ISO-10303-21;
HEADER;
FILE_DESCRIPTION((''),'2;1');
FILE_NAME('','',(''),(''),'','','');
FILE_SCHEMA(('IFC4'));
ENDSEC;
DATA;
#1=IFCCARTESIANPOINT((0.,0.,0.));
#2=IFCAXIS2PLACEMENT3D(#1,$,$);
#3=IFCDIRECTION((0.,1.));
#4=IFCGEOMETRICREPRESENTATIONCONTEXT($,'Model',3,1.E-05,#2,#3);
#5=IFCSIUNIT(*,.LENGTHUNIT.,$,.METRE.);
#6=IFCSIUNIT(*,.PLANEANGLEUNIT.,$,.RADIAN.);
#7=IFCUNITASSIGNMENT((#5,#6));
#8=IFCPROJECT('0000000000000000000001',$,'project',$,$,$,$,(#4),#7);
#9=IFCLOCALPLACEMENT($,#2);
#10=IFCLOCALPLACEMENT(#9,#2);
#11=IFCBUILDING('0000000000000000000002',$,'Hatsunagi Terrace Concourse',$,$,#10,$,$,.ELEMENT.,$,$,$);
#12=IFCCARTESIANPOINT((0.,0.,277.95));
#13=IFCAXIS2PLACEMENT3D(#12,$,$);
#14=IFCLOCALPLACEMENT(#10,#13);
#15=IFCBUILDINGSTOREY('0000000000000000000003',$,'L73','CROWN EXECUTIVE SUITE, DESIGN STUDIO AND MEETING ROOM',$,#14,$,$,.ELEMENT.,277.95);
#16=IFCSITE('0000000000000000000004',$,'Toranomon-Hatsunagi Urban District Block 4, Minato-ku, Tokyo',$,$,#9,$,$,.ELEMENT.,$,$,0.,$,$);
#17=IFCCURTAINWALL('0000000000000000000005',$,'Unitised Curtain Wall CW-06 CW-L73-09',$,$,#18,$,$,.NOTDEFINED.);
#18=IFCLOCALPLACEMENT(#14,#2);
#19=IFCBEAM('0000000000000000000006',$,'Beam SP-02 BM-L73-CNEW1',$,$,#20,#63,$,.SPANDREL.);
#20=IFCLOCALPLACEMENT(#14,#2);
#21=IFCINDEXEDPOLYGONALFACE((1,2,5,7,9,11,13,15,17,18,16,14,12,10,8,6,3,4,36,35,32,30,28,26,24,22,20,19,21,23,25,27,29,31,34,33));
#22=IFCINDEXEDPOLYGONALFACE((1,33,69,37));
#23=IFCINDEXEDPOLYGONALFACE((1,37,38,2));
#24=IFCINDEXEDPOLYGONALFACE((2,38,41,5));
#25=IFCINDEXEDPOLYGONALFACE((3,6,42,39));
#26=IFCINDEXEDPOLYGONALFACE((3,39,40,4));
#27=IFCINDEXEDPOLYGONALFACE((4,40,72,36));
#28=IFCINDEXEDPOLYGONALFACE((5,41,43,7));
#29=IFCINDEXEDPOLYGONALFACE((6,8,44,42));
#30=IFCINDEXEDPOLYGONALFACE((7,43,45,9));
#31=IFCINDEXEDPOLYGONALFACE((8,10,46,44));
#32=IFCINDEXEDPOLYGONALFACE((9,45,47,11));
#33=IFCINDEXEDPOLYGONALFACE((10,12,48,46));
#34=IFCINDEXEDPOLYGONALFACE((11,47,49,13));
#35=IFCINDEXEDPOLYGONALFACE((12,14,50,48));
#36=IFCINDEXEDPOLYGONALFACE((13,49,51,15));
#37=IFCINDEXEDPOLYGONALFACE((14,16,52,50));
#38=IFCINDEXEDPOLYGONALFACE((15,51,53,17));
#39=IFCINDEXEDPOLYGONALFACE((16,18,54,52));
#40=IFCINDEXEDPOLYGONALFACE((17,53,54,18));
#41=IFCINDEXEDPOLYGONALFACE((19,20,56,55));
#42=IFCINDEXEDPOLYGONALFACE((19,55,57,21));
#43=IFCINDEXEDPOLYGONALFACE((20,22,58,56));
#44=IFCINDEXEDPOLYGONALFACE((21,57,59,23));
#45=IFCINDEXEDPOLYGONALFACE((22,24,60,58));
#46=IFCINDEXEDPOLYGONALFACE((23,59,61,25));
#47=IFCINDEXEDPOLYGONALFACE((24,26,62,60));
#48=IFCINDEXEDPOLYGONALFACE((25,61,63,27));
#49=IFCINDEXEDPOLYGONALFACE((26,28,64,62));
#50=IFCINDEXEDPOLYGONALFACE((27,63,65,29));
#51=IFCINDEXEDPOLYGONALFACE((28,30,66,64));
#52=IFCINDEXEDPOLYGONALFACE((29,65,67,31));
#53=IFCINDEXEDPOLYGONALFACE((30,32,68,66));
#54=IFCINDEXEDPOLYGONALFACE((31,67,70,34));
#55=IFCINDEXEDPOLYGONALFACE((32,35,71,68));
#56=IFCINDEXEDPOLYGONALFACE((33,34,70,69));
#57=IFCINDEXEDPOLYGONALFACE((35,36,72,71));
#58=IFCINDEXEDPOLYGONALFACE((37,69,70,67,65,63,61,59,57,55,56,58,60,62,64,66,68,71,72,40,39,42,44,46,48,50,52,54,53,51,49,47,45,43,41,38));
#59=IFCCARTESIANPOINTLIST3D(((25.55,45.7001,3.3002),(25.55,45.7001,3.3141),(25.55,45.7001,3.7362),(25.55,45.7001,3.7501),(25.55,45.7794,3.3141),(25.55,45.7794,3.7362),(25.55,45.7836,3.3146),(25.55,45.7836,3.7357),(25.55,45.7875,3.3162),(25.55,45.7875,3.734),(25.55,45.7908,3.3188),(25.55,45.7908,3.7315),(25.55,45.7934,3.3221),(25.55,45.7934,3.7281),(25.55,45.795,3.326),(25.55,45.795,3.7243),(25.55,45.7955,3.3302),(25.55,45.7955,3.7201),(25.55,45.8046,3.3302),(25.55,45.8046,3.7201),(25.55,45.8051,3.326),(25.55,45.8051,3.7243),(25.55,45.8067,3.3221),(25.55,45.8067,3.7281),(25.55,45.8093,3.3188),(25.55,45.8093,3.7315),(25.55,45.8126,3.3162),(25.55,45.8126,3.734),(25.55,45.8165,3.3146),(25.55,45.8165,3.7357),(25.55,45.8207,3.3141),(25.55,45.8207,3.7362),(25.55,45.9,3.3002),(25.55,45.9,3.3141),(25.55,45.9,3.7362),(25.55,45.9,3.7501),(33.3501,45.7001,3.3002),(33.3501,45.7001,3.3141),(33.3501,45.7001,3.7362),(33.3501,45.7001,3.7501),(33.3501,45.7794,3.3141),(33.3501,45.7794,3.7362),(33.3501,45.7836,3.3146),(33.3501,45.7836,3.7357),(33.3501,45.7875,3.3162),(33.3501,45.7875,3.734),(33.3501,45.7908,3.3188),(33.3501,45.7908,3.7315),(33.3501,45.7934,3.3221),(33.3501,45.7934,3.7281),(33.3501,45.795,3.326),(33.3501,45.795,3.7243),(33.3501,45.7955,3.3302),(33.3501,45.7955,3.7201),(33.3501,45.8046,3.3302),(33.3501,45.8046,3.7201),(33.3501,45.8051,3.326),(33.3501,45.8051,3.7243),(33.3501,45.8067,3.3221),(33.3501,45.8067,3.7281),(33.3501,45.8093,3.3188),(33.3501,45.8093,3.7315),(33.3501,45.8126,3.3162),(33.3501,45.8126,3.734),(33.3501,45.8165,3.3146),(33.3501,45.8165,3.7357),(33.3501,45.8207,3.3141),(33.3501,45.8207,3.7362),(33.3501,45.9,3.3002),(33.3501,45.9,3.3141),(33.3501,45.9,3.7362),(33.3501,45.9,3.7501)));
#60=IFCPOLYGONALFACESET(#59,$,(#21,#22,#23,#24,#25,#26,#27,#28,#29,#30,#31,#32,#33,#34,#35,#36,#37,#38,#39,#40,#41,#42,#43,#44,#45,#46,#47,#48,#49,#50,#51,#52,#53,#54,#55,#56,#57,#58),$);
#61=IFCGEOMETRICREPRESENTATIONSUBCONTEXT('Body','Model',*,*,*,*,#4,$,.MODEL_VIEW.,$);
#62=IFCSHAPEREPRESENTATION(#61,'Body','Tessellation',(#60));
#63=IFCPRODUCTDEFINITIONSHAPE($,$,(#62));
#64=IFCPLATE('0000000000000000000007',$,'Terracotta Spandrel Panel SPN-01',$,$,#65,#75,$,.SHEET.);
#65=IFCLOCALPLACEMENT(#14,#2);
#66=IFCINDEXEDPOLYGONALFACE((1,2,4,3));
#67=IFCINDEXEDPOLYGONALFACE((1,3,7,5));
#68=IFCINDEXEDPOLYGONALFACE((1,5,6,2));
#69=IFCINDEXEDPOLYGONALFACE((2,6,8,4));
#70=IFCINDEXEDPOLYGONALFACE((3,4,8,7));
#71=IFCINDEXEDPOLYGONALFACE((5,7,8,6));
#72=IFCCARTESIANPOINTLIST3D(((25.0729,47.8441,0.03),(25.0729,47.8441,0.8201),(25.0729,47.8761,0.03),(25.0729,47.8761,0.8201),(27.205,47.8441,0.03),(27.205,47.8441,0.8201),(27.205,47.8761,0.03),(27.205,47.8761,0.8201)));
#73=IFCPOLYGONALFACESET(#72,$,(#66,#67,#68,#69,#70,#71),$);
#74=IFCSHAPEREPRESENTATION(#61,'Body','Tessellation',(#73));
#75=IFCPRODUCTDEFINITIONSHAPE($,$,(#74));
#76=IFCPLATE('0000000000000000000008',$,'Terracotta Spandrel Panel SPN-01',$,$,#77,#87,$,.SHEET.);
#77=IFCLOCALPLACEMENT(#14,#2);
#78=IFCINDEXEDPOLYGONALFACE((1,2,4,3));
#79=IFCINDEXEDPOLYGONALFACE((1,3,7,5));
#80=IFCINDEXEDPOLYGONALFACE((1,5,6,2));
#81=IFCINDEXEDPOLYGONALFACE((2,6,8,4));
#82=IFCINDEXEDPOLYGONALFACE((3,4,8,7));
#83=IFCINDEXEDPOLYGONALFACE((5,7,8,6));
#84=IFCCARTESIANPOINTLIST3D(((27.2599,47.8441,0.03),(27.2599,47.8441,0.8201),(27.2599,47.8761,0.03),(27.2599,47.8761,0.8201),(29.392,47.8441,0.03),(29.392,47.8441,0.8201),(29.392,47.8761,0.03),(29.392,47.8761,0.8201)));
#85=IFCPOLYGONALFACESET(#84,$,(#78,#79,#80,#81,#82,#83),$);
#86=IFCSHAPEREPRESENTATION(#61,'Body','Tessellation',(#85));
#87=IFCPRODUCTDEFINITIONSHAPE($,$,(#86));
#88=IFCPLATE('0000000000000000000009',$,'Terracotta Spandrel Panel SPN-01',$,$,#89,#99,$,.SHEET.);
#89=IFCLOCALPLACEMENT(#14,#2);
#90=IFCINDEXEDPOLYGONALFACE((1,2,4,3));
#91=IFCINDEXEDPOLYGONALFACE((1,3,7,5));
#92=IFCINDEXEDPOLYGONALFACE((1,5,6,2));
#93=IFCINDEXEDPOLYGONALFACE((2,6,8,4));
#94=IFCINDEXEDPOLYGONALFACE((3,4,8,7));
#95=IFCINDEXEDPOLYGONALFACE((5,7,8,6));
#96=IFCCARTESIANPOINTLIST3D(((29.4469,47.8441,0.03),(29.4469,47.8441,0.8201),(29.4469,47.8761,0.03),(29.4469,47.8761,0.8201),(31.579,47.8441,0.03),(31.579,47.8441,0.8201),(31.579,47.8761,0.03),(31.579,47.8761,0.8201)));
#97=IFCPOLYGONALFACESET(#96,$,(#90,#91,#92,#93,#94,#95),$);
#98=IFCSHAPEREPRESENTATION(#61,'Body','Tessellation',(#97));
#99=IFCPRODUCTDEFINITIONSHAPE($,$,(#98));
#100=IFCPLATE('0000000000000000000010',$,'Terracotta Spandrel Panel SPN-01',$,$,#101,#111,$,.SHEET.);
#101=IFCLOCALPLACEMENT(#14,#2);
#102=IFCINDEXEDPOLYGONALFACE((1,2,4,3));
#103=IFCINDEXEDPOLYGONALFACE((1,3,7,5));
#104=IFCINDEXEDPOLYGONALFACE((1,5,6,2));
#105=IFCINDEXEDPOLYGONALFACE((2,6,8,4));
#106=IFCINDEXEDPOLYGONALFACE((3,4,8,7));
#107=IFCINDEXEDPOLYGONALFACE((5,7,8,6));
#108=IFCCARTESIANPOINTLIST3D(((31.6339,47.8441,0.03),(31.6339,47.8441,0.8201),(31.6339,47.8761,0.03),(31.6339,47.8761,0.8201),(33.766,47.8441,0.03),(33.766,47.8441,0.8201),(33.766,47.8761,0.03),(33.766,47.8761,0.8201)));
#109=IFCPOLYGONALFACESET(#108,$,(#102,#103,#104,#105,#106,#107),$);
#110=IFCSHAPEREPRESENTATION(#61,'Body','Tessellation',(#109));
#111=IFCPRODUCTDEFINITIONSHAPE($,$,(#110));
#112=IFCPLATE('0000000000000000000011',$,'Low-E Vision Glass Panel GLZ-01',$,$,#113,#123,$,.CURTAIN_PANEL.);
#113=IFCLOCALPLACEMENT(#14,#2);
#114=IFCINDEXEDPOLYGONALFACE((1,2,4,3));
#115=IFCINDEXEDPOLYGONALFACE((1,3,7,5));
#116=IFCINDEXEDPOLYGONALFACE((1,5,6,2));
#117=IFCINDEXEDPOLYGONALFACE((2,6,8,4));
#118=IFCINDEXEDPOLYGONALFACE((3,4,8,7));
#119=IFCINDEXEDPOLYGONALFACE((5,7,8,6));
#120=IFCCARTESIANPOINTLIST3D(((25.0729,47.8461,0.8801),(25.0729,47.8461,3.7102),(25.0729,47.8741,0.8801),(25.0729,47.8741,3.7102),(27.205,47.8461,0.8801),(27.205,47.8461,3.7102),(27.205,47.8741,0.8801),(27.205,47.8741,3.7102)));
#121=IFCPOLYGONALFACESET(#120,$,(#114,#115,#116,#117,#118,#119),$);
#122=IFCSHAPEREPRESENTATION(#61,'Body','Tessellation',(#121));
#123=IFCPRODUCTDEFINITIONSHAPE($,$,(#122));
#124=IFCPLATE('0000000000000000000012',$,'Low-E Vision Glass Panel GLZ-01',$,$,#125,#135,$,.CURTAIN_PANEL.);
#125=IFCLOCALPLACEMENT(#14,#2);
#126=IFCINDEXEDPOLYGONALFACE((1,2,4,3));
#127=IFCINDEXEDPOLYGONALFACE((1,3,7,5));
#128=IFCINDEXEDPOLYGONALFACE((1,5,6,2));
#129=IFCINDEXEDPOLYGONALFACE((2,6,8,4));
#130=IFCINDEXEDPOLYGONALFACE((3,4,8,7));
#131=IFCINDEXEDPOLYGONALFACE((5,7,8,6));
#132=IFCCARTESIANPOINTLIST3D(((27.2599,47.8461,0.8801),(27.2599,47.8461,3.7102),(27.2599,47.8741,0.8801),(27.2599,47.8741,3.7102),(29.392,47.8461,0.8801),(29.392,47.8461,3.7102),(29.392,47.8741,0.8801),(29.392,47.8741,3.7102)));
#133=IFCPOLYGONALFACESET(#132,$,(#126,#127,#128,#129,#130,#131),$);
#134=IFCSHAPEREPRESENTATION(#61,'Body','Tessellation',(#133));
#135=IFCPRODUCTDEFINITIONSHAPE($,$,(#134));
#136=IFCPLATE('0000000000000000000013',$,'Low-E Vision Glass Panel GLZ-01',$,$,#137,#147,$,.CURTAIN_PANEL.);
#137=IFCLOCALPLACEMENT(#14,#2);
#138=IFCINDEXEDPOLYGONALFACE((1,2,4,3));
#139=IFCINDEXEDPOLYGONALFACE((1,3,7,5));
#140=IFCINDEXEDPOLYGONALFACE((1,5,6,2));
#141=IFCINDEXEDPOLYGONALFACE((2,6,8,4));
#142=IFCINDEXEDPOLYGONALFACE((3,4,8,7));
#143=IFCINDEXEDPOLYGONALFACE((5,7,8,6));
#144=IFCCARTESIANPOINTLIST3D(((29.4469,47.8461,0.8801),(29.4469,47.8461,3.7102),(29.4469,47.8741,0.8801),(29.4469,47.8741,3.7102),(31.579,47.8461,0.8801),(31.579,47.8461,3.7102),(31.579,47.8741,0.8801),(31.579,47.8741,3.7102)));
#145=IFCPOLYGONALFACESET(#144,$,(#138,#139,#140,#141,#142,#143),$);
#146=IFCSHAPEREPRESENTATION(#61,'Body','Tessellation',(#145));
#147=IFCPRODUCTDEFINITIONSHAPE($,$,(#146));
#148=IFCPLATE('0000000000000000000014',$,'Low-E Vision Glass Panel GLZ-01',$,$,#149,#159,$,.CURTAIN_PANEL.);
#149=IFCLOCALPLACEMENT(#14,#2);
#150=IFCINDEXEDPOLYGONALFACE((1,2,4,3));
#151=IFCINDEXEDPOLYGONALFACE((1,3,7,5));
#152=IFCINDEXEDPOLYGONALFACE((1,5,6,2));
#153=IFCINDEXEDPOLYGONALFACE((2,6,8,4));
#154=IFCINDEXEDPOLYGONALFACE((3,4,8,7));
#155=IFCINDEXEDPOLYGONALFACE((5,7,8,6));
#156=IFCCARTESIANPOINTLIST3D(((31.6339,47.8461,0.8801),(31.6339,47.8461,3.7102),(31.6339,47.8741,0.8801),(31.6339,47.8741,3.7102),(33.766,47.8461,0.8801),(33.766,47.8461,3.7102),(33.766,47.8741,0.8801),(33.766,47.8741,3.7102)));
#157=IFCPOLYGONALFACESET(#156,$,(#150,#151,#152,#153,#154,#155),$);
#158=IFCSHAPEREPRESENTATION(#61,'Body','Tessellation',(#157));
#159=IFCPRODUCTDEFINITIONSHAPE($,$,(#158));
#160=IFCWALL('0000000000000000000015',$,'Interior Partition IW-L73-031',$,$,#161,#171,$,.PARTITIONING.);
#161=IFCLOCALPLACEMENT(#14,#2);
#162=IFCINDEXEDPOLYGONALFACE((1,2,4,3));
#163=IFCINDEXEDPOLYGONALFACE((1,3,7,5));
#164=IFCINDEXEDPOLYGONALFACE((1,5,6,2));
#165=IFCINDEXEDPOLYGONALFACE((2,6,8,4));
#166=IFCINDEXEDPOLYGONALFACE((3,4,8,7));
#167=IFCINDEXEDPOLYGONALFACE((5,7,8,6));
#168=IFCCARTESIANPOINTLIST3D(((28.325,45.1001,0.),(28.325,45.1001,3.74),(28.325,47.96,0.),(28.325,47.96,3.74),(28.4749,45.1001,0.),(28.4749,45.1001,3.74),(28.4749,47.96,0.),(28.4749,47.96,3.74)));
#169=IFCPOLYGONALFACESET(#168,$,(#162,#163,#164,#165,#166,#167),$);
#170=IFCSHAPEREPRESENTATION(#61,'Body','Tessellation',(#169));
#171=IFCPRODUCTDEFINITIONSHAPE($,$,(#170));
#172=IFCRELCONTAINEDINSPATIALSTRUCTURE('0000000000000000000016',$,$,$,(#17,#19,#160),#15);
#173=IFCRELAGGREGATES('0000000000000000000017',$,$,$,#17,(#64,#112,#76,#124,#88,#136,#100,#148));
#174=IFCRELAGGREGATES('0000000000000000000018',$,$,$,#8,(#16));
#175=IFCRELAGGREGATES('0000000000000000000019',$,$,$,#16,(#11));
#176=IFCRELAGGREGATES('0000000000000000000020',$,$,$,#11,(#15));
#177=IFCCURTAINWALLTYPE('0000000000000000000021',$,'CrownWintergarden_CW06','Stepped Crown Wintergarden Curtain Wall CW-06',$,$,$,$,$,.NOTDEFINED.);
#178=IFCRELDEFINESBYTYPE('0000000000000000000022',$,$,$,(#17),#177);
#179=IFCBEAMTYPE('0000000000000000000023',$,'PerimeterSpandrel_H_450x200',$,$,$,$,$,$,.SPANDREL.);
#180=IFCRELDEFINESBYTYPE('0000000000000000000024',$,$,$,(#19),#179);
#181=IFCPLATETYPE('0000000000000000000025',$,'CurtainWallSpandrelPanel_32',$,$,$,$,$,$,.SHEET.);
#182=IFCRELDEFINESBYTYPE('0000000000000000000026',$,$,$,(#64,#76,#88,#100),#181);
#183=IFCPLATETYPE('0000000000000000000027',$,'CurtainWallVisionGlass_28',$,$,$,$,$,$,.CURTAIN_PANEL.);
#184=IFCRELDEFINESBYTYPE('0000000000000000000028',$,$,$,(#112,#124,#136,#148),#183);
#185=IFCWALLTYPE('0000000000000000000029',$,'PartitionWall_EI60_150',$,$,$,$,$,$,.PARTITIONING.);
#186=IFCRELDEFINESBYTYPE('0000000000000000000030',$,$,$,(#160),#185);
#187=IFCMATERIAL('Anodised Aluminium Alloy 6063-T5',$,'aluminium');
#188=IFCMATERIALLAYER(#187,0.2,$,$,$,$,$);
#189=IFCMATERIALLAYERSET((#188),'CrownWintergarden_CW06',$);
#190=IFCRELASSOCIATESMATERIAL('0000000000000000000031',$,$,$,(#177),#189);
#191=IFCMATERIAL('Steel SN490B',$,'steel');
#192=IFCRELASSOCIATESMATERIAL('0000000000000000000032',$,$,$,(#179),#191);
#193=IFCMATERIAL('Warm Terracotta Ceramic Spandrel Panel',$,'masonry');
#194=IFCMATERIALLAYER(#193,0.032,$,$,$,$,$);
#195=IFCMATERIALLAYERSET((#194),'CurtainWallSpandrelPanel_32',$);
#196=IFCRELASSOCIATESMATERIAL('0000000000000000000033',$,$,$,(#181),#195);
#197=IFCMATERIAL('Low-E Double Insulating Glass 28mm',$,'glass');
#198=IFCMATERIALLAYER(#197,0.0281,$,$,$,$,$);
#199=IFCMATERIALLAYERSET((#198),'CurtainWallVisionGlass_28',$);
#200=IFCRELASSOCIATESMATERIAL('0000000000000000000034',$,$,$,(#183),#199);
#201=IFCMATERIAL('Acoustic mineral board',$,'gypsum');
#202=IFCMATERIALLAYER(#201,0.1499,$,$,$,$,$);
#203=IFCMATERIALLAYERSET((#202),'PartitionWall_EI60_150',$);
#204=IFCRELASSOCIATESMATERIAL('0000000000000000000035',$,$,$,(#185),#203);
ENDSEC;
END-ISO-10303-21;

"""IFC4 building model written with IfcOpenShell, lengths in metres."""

from ifc_helpers import new_model, si_unit, direction, frame, frame_2d, origin, origin_2d, place, context, subcontext, project, spatial, rectangle, i_section, extrude, material, layer, layer_set, material_profile, profile_set, type_object, element, aggregate, save


model = new_model("IFC4")

# Units and contexts
model_context = context("Model", 3, precision=1e-05, world=origin(), true_north=direction((0.0, 1.0)))
body_context = subcontext(model_context, "Body", "Model", "MODEL_VIEW")
ifc_project = project(units=[si_unit("LENGTHUNIT", "METRE"), si_unit("PLANEANGLEUNIT", "RADIAN")], contexts=[model_context])

# Site, building, storey
site_placement = place(None, origin())
site = spatial("IfcSite", under=ifc_project, at=site_placement, Name="Toranomon-Hatsunagi Urban District Block 4, Minato-ku, Tokyo", CompositionType="ELEMENT", RefElevation=0.0)
building_placement = place(site_placement, origin())
building = spatial("IfcBuilding", under=site, at=building_placement, Name="Hatsunagi Terrace Concourse", CompositionType="ELEMENT")
storey_placement = place(building_placement, frame((0.0, 0.0, 277.95)))
storey = spatial("IfcBuildingStorey", under=building, at=storey_placement, Name="L73", Description="CROWN EXECUTIVE SUITE, DESIGN STUDIO AND MEETING ROOM", CompositionType="ELEMENT", Elevation=277.95)

# Curtain wall
ifc_material_1 = material(Name="Anodised Aluminium Alloy 6063-T5", Category="aluminium")
ifc_layer_1 = layer(ifc_material_1, 0.2)
ifc_layer_set_1 = layer_set([ifc_layer_1], Name="CrownWintergarden_CW06")
curtain_wall_type = type_object("IfcCurtainWallType", Name="CrownWintergarden_CW06", Description="Stepped Crown Wintergarden Curtain Wall CW-06", PredefinedType="NOTDEFINED", material=ifc_layer_set_1)
curtain_wall_placement = place(storey_placement, origin())
curtain_wall = element("IfcCurtainWall", 1, at=curtain_wall_placement, inside=storey, type_object=curtain_wall_type, Name="Unitised Curtain Wall CW-06 CW-L73-09", PredefinedType="NOTDEFINED")

# Beam
ifc_material_2 = material(Name="Steel SN490B", Category="steel")
ifc_material_profile_1 = material_profile(ifc_material_2, i_section(OverallWidth=0.2, OverallDepth=0.45, WebThickness=0.009, FlangeThickness=0.0139, FilletRadius=0.0161, at=origin_2d()), Name="H-450x200x9x14")
ifc_profile_set_1 = profile_set([ifc_material_profile_1], Name="Steel SN490B")
beam_type_1 = type_object("IfcBeamType", Name="PerimeterSpandrel_H_450x200", PredefinedType="SPANDREL", material=ifc_profile_set_1)
beam_1_placement = place(storey_placement, frame((25.55, 45.8, 3.5251), z_axis=(1.0, 0.0, 0.0), x_axis=(0.0, 1.0, 0.0)))
element("IfcBeam", 2, at=beam_1_placement, inside=storey, type_object=beam_type_1, Name="Beam SP-02 BM-L73-CNEW1", PredefinedType="SPANDREL", context=body_context, shape_type="SweptSolid", body=[
    extrude(i_section(OverallWidth=0.2, OverallDepth=0.45, WebThickness=0.009, FlangeThickness=0.0139, FilletRadius=0.0161, at=origin_2d()), origin(), (0.0, 0.0, 1.0), 7.8),
])

# Plates
ifc_material_3 = material(Name="Warm Terracotta Ceramic Spandrel Panel", Category="masonry")
ifc_layer_2 = layer(ifc_material_3, 0.032)
ifc_layer_set_2 = layer_set([ifc_layer_2], Name="CurtainWallSpandrelPanel_32")
plate_type_1 = type_object("IfcPlateType", Name="CurtainWallSpandrelPanel_32", PredefinedType="SHEET", material=ifc_layer_set_2)
plate_1_placement = place(storey_placement, frame((26.1389, 47.8601, 0.03), z_axis=(0.0, 0.0, 1.0), x_axis=(1.0, 0.0, 0.0)))
plate_1 = element("IfcPlate", 3, at=plate_1_placement, type_object=plate_type_1, Name="Terracotta Spandrel Panel SPN-01", PredefinedType="SHEET", context=body_context, shape_type="SweptSolid", body=[
    extrude(rectangle(XDim=2.1321, YDim=0.032, at=origin_2d()), origin(), (0.0, 0.0, 1.0), 0.79),
])
plate_2_placement = place(storey_placement, frame((28.3259, 47.8601, 0.03), z_axis=(0.0, 0.0, 1.0), x_axis=(1.0, 0.0, 0.0)))
plate_2 = element("IfcPlate", 4, at=plate_2_placement, type_object=plate_type_1, Name="Terracotta Spandrel Panel SPN-01", PredefinedType="SHEET", context=body_context, shape_type="SweptSolid", body=[
    extrude(rectangle(XDim=2.1321, YDim=0.032, at=origin_2d()), origin(), (0.0, 0.0, 1.0), 0.79),
])
plate_3_placement = place(storey_placement, frame((30.5129, 47.8601, 0.03), z_axis=(0.0, 0.0, 1.0), x_axis=(1.0, 0.0, 0.0)))
plate_3 = element("IfcPlate", 5, at=plate_3_placement, type_object=plate_type_1, Name="Terracotta Spandrel Panel SPN-01", PredefinedType="SHEET", context=body_context, shape_type="SweptSolid", body=[
    extrude(rectangle(XDim=2.1321, YDim=0.032, at=origin_2d()), origin(), (0.0, 0.0, 1.0), 0.79),
])
plate_4_placement = place(storey_placement, frame((32.7, 47.8601, 0.03), z_axis=(0.0, 0.0, 1.0), x_axis=(1.0, 0.0, 0.0)))
plate_4 = element("IfcPlate", 6, at=plate_4_placement, type_object=plate_type_1, Name="Terracotta Spandrel Panel SPN-01", PredefinedType="SHEET", context=body_context, shape_type="SweptSolid", body=[
    extrude(rectangle(XDim=2.1321, YDim=0.032, at=origin_2d()), origin(), (0.0, 0.0, 1.0), 0.79),
])
ifc_material_4 = material(Name="Low-E Double Insulating Glass 28mm", Category="glass")
ifc_layer_3 = layer(ifc_material_4, 0.0281)
ifc_layer_set_3 = layer_set([ifc_layer_3], Name="CurtainWallVisionGlass_28")
plate_type_2 = type_object("IfcPlateType", Name="CurtainWallVisionGlass_28", PredefinedType="CURTAIN_PANEL", material=ifc_layer_set_3)
plate_5_placement = place(storey_placement, frame((26.1389, 47.8601, 0.8801), z_axis=(0.0, 0.0, 1.0), x_axis=(1.0, 0.0, 0.0)))
plate_5 = element("IfcPlate", 7, at=plate_5_placement, type_object=plate_type_2, Name="Low-E Vision Glass Panel GLZ-01", PredefinedType="CURTAIN_PANEL", context=body_context, shape_type="SweptSolid", body=[
    extrude(rectangle(XDim=2.1321, YDim=0.0281, at=origin_2d()), origin(), (0.0, 0.0, 1.0), 2.8301),
])
plate_6_placement = place(storey_placement, frame((28.3259, 47.8601, 0.8801), z_axis=(0.0, 0.0, 1.0), x_axis=(1.0, 0.0, 0.0)))
plate_6 = element("IfcPlate", 8, at=plate_6_placement, type_object=plate_type_2, Name="Low-E Vision Glass Panel GLZ-01", PredefinedType="CURTAIN_PANEL", context=body_context, shape_type="SweptSolid", body=[
    extrude(rectangle(XDim=2.1321, YDim=0.0281, at=origin_2d()), origin(), (0.0, 0.0, 1.0), 2.8301),
])
plate_7_placement = place(storey_placement, frame((30.5129, 47.8601, 0.8801), z_axis=(0.0, 0.0, 1.0), x_axis=(1.0, 0.0, 0.0)))
plate_7 = element("IfcPlate", 9, at=plate_7_placement, type_object=plate_type_2, Name="Low-E Vision Glass Panel GLZ-01", PredefinedType="CURTAIN_PANEL", context=body_context, shape_type="SweptSolid", body=[
    extrude(rectangle(XDim=2.1321, YDim=0.0281, at=origin_2d()), origin(), (0.0, 0.0, 1.0), 2.8301),
])
plate_8_placement = place(storey_placement, frame((32.7, 47.8601, 0.8801), z_axis=(0.0, 0.0, 1.0), x_axis=(1.0, 0.0, 0.0)))
plate_8 = element("IfcPlate", 10, at=plate_8_placement, type_object=plate_type_2, Name="Low-E Vision Glass Panel GLZ-01", PredefinedType="CURTAIN_PANEL", context=body_context, shape_type="SweptSolid", body=[
    extrude(rectangle(XDim=2.1321, YDim=0.0281, at=origin_2d()), origin(), (0.0, 0.0, 1.0), 2.8301),
])
aggregate(curtain_wall, [plate_1, plate_5, plate_2, plate_6, plate_3, plate_7, plate_4, plate_8])

# Wall
ifc_material_5 = material(Name="Acoustic mineral board", Category="gypsum")
ifc_layer_4 = layer(ifc_material_5, 0.1499)
ifc_layer_set_4 = layer_set([ifc_layer_4], Name="PartitionWall_EI60_150")
wall_type = type_object("IfcWallType", Name="PartitionWall_EI60_150", PredefinedType="PARTITIONING", material=ifc_layer_set_4)
wall_1_placement = place(storey_placement, frame((28.3999, 45.1001, 0.0), z_axis=(0.0, 0.0, 1.0), x_axis=(0.0, 1.0, 0.0)))
element("IfcWall", 11, at=wall_1_placement, inside=storey, type_object=wall_type, Name="Interior Partition IW-L73-031", PredefinedType="PARTITIONING", context=body_context, shape_type="SweptSolid", body=[
    extrude(rectangle(XDim=2.8599, YDim=0.1499, at=frame_2d((1.4299, 0.0))), origin(), (0.0, 0.0, 1.0), 3.74),
])

save(model, "model.ifc")
